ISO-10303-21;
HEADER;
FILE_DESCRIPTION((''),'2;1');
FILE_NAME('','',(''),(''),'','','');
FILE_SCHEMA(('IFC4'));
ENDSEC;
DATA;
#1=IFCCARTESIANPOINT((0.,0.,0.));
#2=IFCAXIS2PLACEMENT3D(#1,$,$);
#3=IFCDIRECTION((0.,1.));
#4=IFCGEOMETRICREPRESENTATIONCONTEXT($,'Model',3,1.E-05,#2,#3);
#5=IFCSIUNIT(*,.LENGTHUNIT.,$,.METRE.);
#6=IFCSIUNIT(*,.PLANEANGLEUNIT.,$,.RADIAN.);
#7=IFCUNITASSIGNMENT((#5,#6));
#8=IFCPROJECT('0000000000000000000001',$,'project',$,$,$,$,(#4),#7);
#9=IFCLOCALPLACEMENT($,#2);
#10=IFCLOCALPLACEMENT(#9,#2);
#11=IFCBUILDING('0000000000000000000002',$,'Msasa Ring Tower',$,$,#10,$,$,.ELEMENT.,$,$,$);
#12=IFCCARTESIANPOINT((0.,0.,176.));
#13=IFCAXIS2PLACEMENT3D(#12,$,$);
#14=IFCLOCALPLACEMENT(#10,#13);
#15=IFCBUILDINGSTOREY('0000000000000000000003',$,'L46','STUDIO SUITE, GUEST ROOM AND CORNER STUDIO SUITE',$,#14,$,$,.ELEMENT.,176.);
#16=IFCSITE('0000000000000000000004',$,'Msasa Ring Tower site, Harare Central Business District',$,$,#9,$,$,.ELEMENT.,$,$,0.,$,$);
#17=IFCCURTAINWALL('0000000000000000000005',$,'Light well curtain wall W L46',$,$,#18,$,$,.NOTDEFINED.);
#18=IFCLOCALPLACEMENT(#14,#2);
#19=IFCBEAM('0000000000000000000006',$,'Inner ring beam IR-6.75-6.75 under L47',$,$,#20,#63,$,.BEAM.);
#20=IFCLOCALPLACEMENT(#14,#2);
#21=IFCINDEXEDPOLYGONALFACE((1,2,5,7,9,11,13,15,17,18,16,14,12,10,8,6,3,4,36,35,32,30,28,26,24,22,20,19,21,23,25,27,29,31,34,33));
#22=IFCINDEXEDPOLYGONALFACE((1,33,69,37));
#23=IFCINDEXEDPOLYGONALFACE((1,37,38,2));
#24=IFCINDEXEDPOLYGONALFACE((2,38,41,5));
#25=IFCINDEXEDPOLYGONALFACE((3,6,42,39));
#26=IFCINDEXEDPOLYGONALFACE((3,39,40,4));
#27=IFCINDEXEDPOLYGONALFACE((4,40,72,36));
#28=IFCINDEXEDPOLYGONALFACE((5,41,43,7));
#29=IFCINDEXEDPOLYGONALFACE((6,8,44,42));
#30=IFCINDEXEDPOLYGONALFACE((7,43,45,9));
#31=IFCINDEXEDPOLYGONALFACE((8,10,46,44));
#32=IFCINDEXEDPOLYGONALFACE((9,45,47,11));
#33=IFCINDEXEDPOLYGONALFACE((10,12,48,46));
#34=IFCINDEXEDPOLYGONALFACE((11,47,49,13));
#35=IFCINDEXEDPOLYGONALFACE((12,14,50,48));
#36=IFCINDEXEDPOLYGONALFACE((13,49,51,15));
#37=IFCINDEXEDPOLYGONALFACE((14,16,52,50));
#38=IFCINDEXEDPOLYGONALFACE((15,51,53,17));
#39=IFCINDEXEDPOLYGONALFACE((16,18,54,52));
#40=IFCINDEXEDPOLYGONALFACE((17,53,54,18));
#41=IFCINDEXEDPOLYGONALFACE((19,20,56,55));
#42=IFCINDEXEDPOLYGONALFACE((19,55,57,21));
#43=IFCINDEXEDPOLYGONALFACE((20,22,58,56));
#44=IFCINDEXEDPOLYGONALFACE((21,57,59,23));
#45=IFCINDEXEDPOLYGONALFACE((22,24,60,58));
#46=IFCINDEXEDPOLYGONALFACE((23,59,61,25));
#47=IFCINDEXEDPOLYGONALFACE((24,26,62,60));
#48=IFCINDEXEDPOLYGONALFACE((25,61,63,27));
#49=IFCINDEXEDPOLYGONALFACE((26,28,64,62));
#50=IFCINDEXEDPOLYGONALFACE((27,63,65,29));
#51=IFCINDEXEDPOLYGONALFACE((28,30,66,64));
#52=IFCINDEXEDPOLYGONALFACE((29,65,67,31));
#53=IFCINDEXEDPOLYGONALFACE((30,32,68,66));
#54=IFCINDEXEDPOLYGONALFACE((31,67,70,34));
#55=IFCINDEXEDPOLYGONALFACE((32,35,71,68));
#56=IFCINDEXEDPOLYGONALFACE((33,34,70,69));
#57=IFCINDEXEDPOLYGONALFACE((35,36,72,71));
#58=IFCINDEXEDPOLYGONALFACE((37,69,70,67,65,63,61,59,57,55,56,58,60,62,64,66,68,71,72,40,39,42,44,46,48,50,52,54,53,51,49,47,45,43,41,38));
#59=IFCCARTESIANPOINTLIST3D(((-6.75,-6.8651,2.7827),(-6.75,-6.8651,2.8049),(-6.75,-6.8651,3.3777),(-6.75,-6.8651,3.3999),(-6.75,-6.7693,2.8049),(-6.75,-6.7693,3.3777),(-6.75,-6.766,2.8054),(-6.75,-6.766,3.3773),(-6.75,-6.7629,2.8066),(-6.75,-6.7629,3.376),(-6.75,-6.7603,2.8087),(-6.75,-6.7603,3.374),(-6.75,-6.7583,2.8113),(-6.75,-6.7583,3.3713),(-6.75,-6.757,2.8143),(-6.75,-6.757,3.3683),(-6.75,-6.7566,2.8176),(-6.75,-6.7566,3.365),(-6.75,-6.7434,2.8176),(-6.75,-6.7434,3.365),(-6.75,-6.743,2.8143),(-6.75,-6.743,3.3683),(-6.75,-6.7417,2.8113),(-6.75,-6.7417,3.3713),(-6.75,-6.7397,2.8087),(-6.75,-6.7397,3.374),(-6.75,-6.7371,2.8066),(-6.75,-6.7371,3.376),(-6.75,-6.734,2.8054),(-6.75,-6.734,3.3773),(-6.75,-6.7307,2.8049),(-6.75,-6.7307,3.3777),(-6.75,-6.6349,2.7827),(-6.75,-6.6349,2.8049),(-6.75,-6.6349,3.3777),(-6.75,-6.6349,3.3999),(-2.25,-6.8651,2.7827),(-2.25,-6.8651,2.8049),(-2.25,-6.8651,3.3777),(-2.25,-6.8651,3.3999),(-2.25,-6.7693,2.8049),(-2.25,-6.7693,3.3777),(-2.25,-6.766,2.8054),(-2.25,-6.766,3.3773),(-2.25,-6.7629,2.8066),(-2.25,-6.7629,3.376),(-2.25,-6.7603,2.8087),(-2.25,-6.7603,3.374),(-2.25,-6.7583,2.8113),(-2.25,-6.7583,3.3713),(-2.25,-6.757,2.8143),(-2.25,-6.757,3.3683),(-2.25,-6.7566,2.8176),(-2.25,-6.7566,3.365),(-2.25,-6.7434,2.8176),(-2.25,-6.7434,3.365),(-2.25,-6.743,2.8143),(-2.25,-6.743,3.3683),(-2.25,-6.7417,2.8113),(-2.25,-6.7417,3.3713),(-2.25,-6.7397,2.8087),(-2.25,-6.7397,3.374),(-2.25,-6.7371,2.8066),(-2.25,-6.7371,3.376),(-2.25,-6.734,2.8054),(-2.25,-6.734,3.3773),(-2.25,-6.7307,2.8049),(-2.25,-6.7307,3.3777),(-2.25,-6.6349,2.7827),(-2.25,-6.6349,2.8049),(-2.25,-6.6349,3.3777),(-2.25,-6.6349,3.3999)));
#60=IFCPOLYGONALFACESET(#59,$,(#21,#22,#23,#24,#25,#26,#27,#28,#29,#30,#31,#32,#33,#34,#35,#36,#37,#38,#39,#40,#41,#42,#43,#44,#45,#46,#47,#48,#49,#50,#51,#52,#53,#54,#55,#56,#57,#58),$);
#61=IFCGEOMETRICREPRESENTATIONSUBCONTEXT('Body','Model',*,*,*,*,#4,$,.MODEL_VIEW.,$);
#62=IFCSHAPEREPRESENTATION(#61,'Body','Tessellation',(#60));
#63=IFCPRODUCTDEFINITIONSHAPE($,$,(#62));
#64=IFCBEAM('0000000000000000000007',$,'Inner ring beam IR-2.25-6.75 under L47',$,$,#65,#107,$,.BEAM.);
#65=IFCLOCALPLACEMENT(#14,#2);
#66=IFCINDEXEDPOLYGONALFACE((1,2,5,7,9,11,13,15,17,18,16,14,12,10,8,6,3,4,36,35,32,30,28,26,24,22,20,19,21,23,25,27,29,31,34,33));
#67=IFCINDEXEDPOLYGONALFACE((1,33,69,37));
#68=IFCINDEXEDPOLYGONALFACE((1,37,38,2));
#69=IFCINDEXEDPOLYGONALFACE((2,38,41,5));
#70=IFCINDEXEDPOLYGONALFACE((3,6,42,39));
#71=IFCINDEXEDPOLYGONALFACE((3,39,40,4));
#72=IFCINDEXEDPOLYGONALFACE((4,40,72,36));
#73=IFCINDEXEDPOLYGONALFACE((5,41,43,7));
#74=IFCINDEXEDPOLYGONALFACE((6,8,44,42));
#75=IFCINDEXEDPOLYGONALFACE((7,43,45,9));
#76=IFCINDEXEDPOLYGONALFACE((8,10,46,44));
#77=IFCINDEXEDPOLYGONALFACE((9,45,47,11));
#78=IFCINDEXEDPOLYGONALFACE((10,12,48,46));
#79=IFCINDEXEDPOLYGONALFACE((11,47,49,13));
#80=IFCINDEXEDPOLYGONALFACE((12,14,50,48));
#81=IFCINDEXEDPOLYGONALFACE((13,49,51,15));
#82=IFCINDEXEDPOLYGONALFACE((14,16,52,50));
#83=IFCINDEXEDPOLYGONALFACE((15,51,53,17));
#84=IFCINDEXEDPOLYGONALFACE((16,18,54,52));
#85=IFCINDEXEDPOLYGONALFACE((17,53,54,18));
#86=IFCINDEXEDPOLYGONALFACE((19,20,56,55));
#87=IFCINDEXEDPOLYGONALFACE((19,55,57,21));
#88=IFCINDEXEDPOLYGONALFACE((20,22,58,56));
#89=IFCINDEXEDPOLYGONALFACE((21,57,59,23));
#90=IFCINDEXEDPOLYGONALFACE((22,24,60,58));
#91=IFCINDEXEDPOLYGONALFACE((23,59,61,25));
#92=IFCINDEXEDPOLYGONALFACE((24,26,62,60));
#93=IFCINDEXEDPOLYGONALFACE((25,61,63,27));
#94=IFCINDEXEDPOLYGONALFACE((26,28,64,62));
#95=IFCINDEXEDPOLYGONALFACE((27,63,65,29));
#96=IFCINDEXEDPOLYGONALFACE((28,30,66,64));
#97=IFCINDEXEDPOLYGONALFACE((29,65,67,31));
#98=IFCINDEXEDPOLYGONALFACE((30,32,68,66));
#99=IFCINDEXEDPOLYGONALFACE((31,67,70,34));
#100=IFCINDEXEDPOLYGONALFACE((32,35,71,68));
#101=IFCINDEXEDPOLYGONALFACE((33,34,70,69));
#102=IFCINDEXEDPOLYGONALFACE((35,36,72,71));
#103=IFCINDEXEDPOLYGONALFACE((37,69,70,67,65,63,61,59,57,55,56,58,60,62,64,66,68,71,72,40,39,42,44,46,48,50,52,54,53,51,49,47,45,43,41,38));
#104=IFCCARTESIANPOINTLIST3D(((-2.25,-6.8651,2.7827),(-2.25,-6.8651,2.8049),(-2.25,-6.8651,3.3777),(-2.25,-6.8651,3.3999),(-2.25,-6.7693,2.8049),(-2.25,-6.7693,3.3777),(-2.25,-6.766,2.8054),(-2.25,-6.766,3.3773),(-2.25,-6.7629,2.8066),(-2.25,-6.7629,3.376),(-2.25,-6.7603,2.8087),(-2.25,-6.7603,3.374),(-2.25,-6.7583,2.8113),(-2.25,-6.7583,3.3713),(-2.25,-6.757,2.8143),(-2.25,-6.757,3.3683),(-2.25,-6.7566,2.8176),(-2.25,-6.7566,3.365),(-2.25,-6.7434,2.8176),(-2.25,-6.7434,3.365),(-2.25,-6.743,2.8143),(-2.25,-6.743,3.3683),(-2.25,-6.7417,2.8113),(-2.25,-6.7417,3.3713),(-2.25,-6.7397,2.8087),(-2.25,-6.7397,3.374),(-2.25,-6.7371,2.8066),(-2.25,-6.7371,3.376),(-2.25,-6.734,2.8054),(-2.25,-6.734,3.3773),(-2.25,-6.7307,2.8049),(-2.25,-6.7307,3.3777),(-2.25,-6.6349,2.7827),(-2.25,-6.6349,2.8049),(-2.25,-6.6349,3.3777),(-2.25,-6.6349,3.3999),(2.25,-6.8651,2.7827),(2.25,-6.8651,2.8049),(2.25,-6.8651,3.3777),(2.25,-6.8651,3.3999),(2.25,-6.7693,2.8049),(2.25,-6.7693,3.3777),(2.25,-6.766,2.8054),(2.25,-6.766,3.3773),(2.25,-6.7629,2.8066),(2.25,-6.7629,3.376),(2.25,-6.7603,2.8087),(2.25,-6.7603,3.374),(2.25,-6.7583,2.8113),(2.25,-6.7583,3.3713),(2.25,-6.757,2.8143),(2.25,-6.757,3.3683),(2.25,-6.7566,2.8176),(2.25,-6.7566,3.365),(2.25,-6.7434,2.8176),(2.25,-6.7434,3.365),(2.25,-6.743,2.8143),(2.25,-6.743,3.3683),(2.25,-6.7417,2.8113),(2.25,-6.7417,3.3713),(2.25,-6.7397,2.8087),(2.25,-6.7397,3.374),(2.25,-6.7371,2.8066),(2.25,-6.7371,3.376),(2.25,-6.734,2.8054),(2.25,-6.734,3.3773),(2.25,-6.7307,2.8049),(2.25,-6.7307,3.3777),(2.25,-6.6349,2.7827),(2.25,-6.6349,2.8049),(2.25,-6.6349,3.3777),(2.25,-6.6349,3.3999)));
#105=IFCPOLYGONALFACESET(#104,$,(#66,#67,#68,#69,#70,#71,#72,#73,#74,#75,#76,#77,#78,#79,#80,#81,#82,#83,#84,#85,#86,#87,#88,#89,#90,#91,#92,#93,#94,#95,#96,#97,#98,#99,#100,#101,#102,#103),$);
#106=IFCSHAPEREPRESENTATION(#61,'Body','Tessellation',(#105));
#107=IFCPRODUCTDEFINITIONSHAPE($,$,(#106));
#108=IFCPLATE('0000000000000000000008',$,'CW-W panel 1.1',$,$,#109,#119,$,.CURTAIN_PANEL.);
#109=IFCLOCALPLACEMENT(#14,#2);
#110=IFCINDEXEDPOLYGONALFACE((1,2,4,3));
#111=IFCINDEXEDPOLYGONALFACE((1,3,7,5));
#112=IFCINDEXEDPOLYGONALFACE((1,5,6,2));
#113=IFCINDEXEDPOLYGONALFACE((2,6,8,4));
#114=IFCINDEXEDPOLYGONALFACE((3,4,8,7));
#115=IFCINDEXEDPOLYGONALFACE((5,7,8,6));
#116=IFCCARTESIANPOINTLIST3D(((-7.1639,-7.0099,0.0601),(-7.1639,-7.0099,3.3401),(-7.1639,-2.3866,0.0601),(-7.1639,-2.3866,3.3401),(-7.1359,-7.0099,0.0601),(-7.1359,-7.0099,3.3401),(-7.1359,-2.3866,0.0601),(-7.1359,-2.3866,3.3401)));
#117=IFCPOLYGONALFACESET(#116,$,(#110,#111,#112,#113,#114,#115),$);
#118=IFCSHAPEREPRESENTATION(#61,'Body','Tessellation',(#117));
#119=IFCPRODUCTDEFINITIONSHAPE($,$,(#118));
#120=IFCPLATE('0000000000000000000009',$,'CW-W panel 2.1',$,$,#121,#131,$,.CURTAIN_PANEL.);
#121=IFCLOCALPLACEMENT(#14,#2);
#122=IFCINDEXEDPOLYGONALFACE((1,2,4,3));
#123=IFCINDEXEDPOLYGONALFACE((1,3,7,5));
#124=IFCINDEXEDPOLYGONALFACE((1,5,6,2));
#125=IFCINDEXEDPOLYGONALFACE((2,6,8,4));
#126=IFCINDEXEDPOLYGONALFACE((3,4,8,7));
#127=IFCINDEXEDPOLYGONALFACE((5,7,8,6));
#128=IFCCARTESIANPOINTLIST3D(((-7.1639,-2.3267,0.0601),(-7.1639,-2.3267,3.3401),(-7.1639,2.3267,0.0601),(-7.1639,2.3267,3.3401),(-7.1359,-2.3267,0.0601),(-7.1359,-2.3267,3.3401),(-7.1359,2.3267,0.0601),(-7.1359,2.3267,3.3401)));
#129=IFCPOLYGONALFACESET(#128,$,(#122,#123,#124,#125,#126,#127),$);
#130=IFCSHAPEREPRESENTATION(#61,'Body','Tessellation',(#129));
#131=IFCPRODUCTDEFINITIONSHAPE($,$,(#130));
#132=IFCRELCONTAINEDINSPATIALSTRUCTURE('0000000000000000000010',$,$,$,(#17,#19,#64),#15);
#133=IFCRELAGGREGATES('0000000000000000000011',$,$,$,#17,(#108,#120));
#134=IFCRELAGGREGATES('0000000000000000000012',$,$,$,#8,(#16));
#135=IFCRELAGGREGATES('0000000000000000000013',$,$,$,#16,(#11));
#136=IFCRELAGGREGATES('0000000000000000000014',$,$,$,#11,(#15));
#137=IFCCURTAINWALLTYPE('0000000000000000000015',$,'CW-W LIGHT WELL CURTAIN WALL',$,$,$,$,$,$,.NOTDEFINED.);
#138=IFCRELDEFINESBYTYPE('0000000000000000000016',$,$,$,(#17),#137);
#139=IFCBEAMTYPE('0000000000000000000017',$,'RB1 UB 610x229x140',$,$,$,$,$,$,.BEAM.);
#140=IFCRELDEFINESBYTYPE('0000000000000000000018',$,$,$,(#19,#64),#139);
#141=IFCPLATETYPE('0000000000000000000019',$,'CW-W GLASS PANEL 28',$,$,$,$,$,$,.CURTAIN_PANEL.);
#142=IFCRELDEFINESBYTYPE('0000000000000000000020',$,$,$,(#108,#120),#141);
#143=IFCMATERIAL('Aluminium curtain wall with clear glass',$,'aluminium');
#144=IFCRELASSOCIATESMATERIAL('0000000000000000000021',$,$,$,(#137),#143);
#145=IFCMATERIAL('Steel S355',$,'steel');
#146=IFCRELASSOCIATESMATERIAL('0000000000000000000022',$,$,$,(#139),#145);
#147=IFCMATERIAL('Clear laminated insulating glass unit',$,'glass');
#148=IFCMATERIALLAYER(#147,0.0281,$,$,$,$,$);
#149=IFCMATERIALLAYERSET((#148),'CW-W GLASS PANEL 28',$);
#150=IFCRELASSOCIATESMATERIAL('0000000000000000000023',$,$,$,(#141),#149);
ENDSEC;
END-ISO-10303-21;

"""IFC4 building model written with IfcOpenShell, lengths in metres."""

from ifc_helpers import new_model, si_unit, direction, frame, origin, origin_2d, place, context, subcontext, project, spatial, rectangle, i_section, extrude, material, layer, layer_set, material_profile, profile_set, type_object, element, aggregate, save


model = new_model("IFC4")

# Units and contexts
model_context = context("Model", 3, precision=1e-05, world=origin(), true_north=direction((0.0, 1.0)))
body_context = subcontext(model_context, "Body", "Model", "MODEL_VIEW")
ifc_project = project(units=[si_unit("LENGTHUNIT", "METRE"), si_unit("PLANEANGLEUNIT", "RADIAN")], contexts=[model_context])

# Site, building, storey
site_placement = place(None, origin())
site = spatial("IfcSite", under=ifc_project, at=site_placement, Name="Msasa Ring Tower site, Harare Central Business District", CompositionType="ELEMENT", RefElevation=0.0)
building_placement = place(site_placement, origin())
building = spatial("IfcBuilding", under=site, at=building_placement, Name="Msasa Ring Tower", CompositionType="ELEMENT")
storey_placement = place(building_placement, frame((0.0, 0.0, 176.0)))
storey = spatial("IfcBuildingStorey", under=building, at=storey_placement, Name="L46", Description="STUDIO SUITE, GUEST ROOM AND CORNER STUDIO SUITE", CompositionType="ELEMENT", Elevation=176.0)

# Curtain wall
ifc_material_1 = material(Name="Aluminium curtain wall with clear glass", Category="aluminium")
curtain_wall_type = type_object("IfcCurtainWallType", Name="CW-W LIGHT WELL CURTAIN WALL", PredefinedType="NOTDEFINED", material=ifc_material_1)
curtain_wall_placement = place(storey_placement, origin())
curtain_wall = element("IfcCurtainWall", 1, at=curtain_wall_placement, inside=storey, type_object=curtain_wall_type, Name="Light well curtain wall W L46", PredefinedType="NOTDEFINED")

# Beams
ifc_material_2 = material(Name="Steel S355", Category="steel")
ifc_material_profile_1 = material_profile(ifc_material_2, i_section(OverallWidth=0.2302, OverallDepth=0.6172, WebThickness=0.0132, FlangeThickness=0.0222, FilletRadius=0.0127, at=origin_2d()), Name="UB 610x229x140")
ifc_profile_set_1 = profile_set([ifc_material_profile_1], Name="Steel S355")
beam_type = type_object("IfcBeamType", Name="RB1 UB 610x229x140", PredefinedType="BEAM", material=ifc_profile_set_1)
for number, where, z_axis, x_axis, name in (
    (2, (-6.75, -6.75, 3.0913), (1.0, 0.0, 0.0), (0.0, 1.0, 0.0), "Inner ring beam IR-6.75-6.75 under L47"),
    (3, (-2.25, -6.75, 3.0913), (1.0, 0.0, 0.0), (0.0, 1.0, 0.0), "Inner ring beam IR-2.25-6.75 under L47"),
):
    element("IfcBeam", number, at=place(storey_placement, frame(where, z_axis=z_axis, x_axis=x_axis)), inside=storey, type_object=beam_type, Name=name, PredefinedType="BEAM", context=body_context, shape_type="SweptSolid", body=[
        extrude(i_section(OverallWidth=0.2302, OverallDepth=0.6172, WebThickness=0.0132, FlangeThickness=0.0222, FilletRadius=0.0127, at=origin_2d()), origin(), (0.0, 0.0, 1.0), 4.5),
    ])

# Plates
ifc_material_3 = material(Name="Clear laminated insulating glass unit", Category="glass")
ifc_layer_1 = layer(ifc_material_3, 0.0281)
ifc_layer_set_1 = layer_set([ifc_layer_1], Name="CW-W GLASS PANEL 28")
plate_type = type_object("IfcPlateType", Name="CW-W GLASS PANEL 28", PredefinedType="CURTAIN_PANEL", material=ifc_layer_set_1)
plate_1_placement = place(storey_placement, frame((-7.1499, -4.6982, 0.0601), z_axis=(0.0, 0.0, 1.0), x_axis=(0.0, 1.0, 0.0)))
plate_1 = element("IfcPlate", 4, at=plate_1_placement, type_object=plate_type, Name="CW-W panel 1.1", PredefinedType="CURTAIN_PANEL", context=body_context, shape_type="SweptSolid", body=[
    extrude(rectangle(XDim=4.6233, YDim=0.0281, at=origin_2d()), origin(), (0.0, 0.0, 1.0), 3.28),
])
plate_2_placement = place(storey_placement, frame((-7.1499, 0.0, 0.0601), z_axis=(0.0, 0.0, 1.0), x_axis=(0.0, 1.0, 0.0)))
plate_2 = element("IfcPlate", 5, at=plate_2_placement, type_object=plate_type, Name="CW-W panel 2.1", PredefinedType="CURTAIN_PANEL", context=body_context, shape_type="SweptSolid", body=[
    extrude(rectangle(XDim=4.6533, YDim=0.0281, at=origin_2d()), origin(), (0.0, 0.0, 1.0), 3.28),
])
aggregate(curtain_wall, [plate_1, plate_2])

save(model, "model.ifc")
